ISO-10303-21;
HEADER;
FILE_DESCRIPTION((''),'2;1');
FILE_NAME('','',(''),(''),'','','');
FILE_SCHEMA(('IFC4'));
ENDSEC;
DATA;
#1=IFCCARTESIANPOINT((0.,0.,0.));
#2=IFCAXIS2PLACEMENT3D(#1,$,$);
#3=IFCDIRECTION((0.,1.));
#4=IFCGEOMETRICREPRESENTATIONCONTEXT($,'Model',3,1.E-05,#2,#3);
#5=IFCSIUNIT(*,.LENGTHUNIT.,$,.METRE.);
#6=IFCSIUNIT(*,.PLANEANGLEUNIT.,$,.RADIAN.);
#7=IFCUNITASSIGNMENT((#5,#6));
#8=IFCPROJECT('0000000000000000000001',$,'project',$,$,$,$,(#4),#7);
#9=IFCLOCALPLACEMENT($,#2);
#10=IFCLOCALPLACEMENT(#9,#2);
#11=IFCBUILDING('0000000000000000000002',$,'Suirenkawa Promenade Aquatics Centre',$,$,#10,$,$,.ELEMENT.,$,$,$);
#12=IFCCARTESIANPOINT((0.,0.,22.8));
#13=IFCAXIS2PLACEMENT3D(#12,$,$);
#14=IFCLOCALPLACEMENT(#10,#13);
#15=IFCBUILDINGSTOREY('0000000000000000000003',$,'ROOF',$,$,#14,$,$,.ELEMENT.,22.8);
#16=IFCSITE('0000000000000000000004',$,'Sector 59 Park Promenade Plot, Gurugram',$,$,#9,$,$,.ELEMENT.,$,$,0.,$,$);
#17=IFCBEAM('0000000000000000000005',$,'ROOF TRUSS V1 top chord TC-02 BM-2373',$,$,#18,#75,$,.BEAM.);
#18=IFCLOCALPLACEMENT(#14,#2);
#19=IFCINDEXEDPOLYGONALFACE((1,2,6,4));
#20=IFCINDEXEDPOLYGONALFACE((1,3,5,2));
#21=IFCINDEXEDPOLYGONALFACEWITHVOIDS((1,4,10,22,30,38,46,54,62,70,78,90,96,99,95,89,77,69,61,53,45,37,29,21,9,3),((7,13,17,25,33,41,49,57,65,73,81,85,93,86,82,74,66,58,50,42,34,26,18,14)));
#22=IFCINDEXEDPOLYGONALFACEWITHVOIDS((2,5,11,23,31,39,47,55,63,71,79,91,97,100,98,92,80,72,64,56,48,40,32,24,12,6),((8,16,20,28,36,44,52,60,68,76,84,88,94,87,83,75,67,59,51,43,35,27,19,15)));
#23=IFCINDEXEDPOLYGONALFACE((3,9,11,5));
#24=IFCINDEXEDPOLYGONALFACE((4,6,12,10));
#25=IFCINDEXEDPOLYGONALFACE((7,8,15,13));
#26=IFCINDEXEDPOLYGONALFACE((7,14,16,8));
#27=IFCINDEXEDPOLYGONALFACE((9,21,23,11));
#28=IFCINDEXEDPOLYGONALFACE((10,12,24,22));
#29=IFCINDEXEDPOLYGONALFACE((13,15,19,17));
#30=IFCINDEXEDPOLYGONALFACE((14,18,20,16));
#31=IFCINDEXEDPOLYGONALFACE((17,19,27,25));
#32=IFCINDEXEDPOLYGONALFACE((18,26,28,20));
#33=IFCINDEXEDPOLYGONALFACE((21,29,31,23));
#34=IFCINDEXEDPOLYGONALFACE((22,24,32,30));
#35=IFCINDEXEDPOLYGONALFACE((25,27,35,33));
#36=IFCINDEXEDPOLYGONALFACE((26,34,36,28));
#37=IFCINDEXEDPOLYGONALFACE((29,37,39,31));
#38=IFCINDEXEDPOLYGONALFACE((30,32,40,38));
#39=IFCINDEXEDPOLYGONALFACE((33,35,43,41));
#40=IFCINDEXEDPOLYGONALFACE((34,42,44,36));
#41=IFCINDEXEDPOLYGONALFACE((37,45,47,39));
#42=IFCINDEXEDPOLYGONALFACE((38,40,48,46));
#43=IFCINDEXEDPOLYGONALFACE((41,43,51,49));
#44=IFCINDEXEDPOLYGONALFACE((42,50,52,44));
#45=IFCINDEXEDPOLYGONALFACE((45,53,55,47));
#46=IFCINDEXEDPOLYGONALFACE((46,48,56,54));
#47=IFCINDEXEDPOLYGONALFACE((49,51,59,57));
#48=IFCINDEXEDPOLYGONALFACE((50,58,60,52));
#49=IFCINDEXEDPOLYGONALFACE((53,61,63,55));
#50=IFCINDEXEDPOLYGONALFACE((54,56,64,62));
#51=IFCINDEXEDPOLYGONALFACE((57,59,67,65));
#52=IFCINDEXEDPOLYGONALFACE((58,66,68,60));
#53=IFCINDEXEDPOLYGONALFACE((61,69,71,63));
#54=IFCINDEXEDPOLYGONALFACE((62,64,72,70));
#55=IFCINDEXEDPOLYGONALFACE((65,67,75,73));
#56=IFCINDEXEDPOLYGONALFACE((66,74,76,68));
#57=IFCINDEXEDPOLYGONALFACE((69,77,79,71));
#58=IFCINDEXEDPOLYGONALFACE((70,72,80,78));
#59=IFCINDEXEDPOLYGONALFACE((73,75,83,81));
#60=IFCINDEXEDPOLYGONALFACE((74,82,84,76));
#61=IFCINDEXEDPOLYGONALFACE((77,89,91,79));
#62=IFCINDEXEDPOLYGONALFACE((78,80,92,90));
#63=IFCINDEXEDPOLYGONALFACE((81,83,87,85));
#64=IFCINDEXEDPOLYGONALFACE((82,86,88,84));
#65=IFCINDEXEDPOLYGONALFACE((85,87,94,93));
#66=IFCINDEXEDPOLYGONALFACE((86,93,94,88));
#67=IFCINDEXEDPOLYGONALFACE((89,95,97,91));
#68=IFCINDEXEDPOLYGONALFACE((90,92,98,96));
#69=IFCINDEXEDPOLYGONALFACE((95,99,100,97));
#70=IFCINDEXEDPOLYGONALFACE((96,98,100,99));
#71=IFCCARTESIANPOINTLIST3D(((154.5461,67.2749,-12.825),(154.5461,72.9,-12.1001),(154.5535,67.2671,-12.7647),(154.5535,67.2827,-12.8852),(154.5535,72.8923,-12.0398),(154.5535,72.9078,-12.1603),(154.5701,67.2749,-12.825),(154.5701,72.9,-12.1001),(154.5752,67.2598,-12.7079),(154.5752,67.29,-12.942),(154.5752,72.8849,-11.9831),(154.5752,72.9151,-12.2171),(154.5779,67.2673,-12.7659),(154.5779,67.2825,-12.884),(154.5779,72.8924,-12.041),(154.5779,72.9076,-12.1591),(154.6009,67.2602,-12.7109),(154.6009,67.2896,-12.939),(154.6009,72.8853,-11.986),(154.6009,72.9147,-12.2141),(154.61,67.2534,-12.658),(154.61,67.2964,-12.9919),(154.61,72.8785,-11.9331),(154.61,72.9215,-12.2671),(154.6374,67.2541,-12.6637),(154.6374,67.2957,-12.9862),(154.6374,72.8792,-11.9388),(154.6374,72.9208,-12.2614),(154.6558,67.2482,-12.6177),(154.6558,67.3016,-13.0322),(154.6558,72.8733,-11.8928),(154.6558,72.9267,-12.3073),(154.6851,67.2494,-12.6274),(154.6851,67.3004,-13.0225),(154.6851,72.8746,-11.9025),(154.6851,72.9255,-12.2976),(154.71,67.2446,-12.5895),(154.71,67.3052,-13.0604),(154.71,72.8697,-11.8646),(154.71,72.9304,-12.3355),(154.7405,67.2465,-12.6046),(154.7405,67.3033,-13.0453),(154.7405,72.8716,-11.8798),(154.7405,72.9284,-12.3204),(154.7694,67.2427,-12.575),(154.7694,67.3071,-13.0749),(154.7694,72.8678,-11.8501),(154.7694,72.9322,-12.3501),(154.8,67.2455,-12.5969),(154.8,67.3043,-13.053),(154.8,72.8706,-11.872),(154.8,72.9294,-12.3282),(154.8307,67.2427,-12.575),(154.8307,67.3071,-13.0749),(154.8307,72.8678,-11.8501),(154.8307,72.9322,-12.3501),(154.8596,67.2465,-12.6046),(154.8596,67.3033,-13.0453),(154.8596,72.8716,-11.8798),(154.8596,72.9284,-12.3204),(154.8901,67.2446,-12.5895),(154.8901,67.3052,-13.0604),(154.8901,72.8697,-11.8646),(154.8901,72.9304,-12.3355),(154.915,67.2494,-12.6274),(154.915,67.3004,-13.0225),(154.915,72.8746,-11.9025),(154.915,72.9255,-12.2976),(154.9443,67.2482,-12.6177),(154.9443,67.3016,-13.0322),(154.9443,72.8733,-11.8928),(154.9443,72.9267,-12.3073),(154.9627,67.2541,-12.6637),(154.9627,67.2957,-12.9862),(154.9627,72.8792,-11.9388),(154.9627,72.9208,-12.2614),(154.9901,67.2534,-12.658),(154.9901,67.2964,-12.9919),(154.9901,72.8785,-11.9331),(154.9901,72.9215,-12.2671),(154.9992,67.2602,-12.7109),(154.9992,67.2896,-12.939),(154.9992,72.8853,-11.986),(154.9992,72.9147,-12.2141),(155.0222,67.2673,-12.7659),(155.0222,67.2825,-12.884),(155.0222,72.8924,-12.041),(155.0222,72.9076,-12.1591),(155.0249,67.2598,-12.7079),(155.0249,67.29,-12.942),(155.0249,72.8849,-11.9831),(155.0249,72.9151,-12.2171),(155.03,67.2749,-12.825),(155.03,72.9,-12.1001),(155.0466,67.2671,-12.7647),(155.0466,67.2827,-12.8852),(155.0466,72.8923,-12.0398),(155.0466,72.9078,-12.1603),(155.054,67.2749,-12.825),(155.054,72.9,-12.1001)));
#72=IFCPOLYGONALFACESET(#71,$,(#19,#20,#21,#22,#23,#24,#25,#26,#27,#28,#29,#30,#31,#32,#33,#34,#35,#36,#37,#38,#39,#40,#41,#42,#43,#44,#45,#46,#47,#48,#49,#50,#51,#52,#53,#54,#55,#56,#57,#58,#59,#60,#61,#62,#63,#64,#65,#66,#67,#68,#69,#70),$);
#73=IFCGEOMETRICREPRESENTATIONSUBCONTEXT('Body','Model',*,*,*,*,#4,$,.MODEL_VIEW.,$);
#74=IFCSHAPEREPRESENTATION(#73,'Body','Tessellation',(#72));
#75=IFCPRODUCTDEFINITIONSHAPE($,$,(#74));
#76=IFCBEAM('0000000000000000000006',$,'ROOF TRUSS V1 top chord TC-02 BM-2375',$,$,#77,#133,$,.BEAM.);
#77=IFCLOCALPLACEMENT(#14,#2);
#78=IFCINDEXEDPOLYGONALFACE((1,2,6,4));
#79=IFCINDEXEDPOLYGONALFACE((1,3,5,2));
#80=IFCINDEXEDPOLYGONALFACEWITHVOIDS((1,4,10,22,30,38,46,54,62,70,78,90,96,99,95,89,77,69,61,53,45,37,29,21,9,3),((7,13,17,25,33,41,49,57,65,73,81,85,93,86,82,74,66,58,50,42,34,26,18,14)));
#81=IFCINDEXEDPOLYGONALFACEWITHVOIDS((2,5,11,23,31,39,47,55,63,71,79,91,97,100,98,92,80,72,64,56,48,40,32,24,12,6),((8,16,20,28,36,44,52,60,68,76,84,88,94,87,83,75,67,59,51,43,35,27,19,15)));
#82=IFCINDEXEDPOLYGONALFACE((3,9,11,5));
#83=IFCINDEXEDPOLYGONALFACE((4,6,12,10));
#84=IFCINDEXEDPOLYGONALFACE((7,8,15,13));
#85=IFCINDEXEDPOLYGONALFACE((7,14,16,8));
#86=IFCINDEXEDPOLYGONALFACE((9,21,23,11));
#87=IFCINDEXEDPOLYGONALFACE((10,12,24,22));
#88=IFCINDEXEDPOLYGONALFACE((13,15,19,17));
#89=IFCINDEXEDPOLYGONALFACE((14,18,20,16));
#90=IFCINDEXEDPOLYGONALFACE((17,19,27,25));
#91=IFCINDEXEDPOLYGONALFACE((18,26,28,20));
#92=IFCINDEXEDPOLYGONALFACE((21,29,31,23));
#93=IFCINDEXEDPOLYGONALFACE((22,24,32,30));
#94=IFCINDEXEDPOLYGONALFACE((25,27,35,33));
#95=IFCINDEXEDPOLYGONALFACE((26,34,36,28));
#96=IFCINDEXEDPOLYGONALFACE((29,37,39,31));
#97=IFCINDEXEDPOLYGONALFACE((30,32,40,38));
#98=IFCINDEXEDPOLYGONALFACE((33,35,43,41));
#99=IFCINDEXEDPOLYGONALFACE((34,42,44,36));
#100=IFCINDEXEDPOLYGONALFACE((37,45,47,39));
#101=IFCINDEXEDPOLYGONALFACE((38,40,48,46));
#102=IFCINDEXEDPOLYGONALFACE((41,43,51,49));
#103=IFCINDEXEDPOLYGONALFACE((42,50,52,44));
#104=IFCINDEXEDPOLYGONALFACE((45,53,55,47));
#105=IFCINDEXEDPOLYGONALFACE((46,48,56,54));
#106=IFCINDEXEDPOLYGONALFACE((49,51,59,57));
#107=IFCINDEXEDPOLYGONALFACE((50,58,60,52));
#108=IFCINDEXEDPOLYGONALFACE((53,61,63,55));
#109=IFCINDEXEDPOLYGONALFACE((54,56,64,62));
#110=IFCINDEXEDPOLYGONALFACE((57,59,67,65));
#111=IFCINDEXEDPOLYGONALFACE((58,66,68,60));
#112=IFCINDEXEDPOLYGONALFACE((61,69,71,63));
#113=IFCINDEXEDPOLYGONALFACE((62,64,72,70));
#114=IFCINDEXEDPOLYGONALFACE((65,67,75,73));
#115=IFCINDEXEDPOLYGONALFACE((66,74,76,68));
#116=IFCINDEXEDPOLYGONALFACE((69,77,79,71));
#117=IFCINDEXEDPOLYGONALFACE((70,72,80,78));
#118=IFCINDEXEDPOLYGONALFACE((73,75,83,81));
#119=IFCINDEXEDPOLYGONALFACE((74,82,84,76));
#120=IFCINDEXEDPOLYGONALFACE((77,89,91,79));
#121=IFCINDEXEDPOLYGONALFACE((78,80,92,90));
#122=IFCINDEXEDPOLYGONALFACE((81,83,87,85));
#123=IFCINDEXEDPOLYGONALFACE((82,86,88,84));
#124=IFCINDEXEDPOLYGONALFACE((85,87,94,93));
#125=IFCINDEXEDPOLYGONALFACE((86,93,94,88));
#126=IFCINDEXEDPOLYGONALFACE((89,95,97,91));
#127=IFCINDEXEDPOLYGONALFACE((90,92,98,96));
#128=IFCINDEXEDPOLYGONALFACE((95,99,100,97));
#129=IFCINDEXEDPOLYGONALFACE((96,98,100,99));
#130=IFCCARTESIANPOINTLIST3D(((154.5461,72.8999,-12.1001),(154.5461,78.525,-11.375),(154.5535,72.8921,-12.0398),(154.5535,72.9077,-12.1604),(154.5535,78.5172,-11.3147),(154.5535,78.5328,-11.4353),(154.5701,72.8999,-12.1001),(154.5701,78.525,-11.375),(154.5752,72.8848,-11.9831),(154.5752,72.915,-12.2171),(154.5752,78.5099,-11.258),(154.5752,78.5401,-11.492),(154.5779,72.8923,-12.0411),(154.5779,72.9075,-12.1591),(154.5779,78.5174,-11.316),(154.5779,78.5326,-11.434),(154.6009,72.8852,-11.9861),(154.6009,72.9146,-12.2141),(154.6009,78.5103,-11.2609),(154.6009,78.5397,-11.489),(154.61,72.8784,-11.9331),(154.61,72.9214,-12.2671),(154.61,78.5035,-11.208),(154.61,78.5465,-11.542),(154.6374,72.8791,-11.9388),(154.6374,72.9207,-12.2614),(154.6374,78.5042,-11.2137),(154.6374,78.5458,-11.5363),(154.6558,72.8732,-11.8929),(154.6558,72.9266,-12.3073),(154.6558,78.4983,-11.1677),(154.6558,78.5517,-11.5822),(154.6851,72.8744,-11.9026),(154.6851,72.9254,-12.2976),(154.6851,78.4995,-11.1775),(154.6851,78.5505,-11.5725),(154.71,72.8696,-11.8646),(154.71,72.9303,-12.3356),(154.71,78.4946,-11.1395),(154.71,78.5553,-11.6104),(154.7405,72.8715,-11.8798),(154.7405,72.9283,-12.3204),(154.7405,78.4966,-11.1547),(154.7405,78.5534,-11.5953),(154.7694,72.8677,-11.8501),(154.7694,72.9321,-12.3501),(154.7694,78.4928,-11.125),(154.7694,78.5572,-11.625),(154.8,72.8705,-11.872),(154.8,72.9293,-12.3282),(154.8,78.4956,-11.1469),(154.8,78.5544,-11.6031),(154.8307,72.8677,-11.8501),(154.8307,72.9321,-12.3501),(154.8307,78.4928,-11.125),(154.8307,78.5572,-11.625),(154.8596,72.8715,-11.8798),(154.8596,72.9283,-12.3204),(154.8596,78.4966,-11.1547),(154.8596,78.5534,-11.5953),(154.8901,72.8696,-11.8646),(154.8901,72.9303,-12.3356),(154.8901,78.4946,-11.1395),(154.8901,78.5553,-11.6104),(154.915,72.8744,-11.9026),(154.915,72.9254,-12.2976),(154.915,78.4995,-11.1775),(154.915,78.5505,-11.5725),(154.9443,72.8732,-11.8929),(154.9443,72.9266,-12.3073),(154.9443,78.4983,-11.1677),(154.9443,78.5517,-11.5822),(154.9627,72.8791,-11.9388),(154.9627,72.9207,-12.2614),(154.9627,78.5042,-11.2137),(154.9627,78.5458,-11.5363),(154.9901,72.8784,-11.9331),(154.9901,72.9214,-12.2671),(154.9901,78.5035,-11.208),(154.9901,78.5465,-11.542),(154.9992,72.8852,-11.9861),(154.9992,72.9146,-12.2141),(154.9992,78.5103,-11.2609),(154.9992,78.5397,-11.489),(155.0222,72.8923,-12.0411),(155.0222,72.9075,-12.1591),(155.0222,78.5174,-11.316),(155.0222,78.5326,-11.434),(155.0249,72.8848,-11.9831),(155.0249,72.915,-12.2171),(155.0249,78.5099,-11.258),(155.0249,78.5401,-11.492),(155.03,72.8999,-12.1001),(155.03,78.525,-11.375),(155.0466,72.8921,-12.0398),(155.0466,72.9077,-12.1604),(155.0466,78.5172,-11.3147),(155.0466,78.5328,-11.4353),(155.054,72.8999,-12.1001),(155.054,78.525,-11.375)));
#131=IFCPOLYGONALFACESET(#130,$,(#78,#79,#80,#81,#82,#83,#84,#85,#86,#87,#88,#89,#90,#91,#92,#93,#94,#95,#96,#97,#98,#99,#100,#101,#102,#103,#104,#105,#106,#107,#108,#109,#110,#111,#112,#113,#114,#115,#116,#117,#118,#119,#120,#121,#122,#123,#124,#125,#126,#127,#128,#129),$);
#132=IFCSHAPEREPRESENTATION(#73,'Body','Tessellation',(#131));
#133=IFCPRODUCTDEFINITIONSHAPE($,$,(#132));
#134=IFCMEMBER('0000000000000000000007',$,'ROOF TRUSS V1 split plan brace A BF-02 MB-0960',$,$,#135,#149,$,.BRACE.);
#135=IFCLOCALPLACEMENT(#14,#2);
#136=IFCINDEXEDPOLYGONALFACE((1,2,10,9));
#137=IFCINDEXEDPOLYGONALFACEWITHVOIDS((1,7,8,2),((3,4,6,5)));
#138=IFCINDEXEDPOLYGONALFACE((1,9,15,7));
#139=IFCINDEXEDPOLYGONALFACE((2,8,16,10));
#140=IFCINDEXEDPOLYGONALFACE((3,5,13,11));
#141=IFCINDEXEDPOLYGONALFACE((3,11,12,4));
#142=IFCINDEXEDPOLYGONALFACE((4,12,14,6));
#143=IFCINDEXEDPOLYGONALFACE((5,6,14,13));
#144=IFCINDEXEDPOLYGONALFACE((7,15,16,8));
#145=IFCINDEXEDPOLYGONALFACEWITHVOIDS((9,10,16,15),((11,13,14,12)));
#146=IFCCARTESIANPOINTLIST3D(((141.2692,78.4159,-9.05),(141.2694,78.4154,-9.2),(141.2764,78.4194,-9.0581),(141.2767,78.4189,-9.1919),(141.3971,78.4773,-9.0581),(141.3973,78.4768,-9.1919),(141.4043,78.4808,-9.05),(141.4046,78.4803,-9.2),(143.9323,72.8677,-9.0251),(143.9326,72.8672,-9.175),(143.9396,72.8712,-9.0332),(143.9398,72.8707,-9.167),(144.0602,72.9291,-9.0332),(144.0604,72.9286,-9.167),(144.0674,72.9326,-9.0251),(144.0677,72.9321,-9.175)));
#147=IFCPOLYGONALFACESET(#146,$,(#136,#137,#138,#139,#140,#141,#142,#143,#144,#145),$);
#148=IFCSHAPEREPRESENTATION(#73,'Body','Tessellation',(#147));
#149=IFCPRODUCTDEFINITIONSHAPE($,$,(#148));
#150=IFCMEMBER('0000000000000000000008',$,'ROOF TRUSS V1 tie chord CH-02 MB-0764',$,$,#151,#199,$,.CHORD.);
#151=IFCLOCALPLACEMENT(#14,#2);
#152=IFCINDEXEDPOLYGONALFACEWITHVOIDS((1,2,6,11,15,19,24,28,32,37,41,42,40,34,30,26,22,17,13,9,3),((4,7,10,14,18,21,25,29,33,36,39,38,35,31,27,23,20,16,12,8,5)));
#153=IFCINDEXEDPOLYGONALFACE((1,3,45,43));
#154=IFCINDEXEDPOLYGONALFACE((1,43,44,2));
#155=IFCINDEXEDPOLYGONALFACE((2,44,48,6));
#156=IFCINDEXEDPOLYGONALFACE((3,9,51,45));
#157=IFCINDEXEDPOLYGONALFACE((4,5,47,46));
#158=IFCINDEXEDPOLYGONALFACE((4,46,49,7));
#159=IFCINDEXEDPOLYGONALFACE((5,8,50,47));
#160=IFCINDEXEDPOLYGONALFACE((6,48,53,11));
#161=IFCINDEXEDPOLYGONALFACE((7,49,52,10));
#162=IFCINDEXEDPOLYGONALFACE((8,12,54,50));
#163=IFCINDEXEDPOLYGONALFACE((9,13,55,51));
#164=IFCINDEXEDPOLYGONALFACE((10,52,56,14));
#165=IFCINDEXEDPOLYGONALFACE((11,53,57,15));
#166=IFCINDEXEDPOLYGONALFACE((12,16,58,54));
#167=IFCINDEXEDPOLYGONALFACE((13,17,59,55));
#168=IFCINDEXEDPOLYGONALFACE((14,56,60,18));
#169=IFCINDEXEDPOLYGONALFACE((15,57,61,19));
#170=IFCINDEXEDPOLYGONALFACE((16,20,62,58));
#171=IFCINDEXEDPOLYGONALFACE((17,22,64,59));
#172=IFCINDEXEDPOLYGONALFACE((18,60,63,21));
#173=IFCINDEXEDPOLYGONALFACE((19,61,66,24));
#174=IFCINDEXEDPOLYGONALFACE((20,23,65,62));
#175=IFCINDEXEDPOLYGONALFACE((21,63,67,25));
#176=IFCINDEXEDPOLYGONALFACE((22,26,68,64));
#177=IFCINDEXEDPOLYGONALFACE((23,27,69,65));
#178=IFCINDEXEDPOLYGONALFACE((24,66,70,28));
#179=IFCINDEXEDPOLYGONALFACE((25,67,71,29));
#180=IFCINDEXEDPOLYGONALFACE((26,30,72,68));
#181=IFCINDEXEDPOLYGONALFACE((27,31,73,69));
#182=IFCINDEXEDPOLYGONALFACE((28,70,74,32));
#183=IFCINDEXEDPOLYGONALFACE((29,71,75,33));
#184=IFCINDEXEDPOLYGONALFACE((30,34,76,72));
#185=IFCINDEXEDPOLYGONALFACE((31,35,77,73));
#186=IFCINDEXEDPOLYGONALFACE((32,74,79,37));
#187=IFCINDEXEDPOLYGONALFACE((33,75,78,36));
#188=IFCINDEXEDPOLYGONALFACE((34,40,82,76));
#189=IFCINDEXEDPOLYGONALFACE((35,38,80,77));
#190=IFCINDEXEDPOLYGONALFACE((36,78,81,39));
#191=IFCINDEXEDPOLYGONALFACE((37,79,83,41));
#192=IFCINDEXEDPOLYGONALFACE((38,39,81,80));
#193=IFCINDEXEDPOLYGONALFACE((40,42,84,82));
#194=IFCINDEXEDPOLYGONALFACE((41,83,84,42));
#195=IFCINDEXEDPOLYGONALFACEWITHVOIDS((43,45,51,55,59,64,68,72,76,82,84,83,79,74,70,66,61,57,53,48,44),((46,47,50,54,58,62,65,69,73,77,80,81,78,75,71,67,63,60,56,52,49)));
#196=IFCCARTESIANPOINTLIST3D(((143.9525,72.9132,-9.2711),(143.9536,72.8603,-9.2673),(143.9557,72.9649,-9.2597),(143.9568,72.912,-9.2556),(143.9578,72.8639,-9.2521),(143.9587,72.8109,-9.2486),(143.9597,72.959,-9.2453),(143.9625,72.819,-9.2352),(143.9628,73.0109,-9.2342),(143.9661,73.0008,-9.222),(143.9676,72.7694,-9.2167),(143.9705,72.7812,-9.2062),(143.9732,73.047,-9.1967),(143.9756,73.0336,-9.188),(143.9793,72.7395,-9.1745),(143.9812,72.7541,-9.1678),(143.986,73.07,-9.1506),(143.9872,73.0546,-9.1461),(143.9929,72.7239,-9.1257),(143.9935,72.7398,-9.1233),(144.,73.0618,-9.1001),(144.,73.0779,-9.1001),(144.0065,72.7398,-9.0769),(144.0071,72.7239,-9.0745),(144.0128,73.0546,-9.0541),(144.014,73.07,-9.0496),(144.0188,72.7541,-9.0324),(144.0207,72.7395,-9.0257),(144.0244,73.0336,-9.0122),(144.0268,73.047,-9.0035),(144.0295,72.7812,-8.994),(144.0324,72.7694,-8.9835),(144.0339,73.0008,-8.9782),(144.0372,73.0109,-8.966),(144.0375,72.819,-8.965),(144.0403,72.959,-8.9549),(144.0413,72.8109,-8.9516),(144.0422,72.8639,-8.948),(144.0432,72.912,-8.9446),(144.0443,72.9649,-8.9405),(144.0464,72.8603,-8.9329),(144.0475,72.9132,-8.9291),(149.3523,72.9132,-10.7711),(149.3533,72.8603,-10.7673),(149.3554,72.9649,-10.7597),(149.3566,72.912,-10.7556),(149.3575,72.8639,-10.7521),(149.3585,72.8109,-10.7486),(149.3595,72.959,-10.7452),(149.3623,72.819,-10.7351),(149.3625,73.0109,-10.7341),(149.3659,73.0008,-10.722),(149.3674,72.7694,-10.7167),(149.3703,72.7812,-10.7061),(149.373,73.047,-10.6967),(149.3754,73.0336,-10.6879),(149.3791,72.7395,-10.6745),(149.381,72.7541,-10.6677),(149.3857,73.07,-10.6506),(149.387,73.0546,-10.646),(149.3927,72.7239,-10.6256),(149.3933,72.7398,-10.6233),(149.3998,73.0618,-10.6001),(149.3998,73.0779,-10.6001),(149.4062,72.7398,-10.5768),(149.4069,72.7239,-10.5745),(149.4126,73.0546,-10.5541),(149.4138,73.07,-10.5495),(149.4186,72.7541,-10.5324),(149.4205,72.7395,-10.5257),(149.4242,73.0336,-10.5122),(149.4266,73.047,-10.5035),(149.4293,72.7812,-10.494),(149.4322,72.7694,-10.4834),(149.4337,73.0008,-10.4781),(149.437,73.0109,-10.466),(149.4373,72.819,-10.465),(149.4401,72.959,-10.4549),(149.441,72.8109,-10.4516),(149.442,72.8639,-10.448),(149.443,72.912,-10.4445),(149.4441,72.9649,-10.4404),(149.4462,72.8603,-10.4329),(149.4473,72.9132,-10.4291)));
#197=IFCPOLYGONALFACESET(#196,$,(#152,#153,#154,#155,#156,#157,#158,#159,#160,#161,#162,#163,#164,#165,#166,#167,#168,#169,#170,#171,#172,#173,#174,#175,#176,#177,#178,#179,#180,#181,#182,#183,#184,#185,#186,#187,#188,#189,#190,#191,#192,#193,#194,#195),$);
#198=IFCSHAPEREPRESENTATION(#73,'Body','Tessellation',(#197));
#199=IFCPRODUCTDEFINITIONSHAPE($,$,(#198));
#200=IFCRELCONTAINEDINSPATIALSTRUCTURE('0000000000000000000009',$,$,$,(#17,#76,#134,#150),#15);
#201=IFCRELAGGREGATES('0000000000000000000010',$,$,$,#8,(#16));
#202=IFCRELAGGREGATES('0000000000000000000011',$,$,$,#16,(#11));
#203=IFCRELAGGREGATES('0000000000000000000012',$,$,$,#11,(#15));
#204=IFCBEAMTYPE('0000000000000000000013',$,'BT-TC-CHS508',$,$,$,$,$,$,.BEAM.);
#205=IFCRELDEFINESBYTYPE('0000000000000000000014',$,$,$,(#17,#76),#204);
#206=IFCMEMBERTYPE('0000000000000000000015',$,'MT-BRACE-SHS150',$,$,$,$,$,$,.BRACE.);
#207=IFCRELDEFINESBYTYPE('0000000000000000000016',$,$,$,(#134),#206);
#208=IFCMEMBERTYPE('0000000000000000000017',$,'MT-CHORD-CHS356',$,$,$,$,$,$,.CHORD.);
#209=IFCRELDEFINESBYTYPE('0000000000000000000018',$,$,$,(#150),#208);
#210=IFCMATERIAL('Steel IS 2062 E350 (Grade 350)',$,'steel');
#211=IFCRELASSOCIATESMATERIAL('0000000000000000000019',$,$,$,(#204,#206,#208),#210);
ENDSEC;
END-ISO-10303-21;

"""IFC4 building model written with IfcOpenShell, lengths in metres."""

from ifc_helpers import new_model, si_unit, direction, frame, origin, origin_2d, place, context, subcontext, project, spatial, hollow_rectangle, hollow_circle, extrude, material, material_profile, profile_set, type_object, element, save


model = new_model("IFC4")

# Units and contexts
model_context = context("Model", 3, precision=1e-05, world=origin(), true_north=direction((0.0, 1.0)))
body_context = subcontext(model_context, "Body", "Model", "MODEL_VIEW")
ifc_project = project(units=[si_unit("LENGTHUNIT", "METRE"), si_unit("PLANEANGLEUNIT", "RADIAN")], contexts=[model_context])

# Site, building, storey
site_placement = place(None, origin())
site = spatial("IfcSite", under=ifc_project, at=site_placement, Name="Sector 59 Park Promenade Plot, Gurugram", CompositionType="ELEMENT", RefElevation=0.0)
building_placement = place(site_placement, origin())
building = spatial("IfcBuilding", under=site, at=building_placement, Name="Suirenkawa Promenade Aquatics Centre", CompositionType="ELEMENT")
storey_placement = place(building_placement, frame((0.0, 0.0, 22.8)))
storey = spatial("IfcBuildingStorey", under=building, at=storey_placement, Name="ROOF", CompositionType="ELEMENT", Elevation=22.8)

# Beams
ifc_material = material(Name="Steel IS 2062 E350 (Grade 350)", Category="steel")
ifc_material_profile_1 = material_profile(ifc_material, hollow_circle(Radius=0.2539, WallThickness=0.0239, at=origin_2d()), Name="CHS 508x24", Category="steel")
ifc_profile_set_1 = profile_set([ifc_material_profile_1], Name="Steel IS 2062 E350 (Grade 350)")
beam_type_1 = type_object("IfcBeamType", Name="BT-TC-CHS508", PredefinedType="BEAM", material=ifc_profile_set_1)
for number, where, z_axis, x_axis, name in (
    (1, (154.8, 67.2749, -12.825), (0.0, 0.991799, 0.127806), (-1.0, 0.0, 0.0), "ROOF TRUSS V1 top chord TC-02 BM-2373"),
    (2, (154.8, 72.8999, -12.1001), (0.0, 0.991794, 0.127848), (-1.0, 0.0, 0.0), "ROOF TRUSS V1 top chord TC-02 BM-2375"),
):
    element("IfcBeam", number, at=place(storey_placement, frame(where, z_axis=z_axis, x_axis=x_axis)), inside=storey, type_object=beam_type_1, Name=name, PredefinedType="BEAM", context=body_context, shape_type="SweptSolid", body=[
        extrude(hollow_circle(Radius=0.2539, WallThickness=0.0239, at=origin_2d()), origin(), (0.0, 0.0, 1.0), 5.6716),
    ])

# Members
ifc_material_profile_2 = material_profile(ifc_material, hollow_rectangle(XDim=0.1499, YDim=0.1499, WallThickness=0.0081, at=origin_2d()), Name="SHS 150x150x8", Category="steel")
ifc_profile_set_2 = profile_set([ifc_material_profile_2], Name="Steel IS 2062 E350 (Grade 350)")
member_type_1 = type_object("IfcMemberType", Name="MT-BRACE-SHS150", PredefinedType="BRACE", material=ifc_profile_set_2)
member_1_placement = place(storey_placement, frame((144.0, 72.8999, -9.1001), z_axis=(-0.432728, 0.901516, -0.004046), x_axis=(-0.901523, -0.432731, 0.0)))
element("IfcMember", 3, at=member_1_placement, inside=storey, type_object=member_type_1, Name="ROOF TRUSS V1 split plan brace A BF-02 MB-0960", PredefinedType="BRACE", context=body_context, shape_type="SweptSolid", body=[
    extrude(hollow_rectangle(XDim=0.1499, YDim=0.1499, WallThickness=0.0081, at=origin_2d()), origin(), (0.0, 0.0, 1.0), 6.1543),
])
ifc_material_profile_3 = material_profile(ifc_material, hollow_circle(Radius=0.178, WallThickness=0.0161, at=origin_2d()), Name="CHS 356x16", Category="steel")
ifc_profile_set_3 = profile_set([ifc_material_profile_3], Name="Steel IS 2062 E350 (Grade 350)")
member_type_2 = type_object("IfcMemberType", Name="MT-CHORD-CHS356", PredefinedType="CHORD", material=ifc_profile_set_3)
member_2_placement = place(storey_placement, frame((144.0, 72.8999, -9.1001), z_axis=(0.963517, 0.0, -0.267648), x_axis=(0.0, 1.0, 0.0)))
element("IfcMember", 4, at=member_2_placement, inside=storey, type_object=member_type_2, Name="ROOF TRUSS V1 tie chord CH-02 MB-0764", PredefinedType="CHORD", context=body_context, shape_type="SweptSolid", body=[
    extrude(hollow_circle(Radius=0.178, WallThickness=0.0161, at=origin_2d()), origin(), (0.0, 0.0, 1.0), 5.6042),
])

save(model, "model.ifc")
